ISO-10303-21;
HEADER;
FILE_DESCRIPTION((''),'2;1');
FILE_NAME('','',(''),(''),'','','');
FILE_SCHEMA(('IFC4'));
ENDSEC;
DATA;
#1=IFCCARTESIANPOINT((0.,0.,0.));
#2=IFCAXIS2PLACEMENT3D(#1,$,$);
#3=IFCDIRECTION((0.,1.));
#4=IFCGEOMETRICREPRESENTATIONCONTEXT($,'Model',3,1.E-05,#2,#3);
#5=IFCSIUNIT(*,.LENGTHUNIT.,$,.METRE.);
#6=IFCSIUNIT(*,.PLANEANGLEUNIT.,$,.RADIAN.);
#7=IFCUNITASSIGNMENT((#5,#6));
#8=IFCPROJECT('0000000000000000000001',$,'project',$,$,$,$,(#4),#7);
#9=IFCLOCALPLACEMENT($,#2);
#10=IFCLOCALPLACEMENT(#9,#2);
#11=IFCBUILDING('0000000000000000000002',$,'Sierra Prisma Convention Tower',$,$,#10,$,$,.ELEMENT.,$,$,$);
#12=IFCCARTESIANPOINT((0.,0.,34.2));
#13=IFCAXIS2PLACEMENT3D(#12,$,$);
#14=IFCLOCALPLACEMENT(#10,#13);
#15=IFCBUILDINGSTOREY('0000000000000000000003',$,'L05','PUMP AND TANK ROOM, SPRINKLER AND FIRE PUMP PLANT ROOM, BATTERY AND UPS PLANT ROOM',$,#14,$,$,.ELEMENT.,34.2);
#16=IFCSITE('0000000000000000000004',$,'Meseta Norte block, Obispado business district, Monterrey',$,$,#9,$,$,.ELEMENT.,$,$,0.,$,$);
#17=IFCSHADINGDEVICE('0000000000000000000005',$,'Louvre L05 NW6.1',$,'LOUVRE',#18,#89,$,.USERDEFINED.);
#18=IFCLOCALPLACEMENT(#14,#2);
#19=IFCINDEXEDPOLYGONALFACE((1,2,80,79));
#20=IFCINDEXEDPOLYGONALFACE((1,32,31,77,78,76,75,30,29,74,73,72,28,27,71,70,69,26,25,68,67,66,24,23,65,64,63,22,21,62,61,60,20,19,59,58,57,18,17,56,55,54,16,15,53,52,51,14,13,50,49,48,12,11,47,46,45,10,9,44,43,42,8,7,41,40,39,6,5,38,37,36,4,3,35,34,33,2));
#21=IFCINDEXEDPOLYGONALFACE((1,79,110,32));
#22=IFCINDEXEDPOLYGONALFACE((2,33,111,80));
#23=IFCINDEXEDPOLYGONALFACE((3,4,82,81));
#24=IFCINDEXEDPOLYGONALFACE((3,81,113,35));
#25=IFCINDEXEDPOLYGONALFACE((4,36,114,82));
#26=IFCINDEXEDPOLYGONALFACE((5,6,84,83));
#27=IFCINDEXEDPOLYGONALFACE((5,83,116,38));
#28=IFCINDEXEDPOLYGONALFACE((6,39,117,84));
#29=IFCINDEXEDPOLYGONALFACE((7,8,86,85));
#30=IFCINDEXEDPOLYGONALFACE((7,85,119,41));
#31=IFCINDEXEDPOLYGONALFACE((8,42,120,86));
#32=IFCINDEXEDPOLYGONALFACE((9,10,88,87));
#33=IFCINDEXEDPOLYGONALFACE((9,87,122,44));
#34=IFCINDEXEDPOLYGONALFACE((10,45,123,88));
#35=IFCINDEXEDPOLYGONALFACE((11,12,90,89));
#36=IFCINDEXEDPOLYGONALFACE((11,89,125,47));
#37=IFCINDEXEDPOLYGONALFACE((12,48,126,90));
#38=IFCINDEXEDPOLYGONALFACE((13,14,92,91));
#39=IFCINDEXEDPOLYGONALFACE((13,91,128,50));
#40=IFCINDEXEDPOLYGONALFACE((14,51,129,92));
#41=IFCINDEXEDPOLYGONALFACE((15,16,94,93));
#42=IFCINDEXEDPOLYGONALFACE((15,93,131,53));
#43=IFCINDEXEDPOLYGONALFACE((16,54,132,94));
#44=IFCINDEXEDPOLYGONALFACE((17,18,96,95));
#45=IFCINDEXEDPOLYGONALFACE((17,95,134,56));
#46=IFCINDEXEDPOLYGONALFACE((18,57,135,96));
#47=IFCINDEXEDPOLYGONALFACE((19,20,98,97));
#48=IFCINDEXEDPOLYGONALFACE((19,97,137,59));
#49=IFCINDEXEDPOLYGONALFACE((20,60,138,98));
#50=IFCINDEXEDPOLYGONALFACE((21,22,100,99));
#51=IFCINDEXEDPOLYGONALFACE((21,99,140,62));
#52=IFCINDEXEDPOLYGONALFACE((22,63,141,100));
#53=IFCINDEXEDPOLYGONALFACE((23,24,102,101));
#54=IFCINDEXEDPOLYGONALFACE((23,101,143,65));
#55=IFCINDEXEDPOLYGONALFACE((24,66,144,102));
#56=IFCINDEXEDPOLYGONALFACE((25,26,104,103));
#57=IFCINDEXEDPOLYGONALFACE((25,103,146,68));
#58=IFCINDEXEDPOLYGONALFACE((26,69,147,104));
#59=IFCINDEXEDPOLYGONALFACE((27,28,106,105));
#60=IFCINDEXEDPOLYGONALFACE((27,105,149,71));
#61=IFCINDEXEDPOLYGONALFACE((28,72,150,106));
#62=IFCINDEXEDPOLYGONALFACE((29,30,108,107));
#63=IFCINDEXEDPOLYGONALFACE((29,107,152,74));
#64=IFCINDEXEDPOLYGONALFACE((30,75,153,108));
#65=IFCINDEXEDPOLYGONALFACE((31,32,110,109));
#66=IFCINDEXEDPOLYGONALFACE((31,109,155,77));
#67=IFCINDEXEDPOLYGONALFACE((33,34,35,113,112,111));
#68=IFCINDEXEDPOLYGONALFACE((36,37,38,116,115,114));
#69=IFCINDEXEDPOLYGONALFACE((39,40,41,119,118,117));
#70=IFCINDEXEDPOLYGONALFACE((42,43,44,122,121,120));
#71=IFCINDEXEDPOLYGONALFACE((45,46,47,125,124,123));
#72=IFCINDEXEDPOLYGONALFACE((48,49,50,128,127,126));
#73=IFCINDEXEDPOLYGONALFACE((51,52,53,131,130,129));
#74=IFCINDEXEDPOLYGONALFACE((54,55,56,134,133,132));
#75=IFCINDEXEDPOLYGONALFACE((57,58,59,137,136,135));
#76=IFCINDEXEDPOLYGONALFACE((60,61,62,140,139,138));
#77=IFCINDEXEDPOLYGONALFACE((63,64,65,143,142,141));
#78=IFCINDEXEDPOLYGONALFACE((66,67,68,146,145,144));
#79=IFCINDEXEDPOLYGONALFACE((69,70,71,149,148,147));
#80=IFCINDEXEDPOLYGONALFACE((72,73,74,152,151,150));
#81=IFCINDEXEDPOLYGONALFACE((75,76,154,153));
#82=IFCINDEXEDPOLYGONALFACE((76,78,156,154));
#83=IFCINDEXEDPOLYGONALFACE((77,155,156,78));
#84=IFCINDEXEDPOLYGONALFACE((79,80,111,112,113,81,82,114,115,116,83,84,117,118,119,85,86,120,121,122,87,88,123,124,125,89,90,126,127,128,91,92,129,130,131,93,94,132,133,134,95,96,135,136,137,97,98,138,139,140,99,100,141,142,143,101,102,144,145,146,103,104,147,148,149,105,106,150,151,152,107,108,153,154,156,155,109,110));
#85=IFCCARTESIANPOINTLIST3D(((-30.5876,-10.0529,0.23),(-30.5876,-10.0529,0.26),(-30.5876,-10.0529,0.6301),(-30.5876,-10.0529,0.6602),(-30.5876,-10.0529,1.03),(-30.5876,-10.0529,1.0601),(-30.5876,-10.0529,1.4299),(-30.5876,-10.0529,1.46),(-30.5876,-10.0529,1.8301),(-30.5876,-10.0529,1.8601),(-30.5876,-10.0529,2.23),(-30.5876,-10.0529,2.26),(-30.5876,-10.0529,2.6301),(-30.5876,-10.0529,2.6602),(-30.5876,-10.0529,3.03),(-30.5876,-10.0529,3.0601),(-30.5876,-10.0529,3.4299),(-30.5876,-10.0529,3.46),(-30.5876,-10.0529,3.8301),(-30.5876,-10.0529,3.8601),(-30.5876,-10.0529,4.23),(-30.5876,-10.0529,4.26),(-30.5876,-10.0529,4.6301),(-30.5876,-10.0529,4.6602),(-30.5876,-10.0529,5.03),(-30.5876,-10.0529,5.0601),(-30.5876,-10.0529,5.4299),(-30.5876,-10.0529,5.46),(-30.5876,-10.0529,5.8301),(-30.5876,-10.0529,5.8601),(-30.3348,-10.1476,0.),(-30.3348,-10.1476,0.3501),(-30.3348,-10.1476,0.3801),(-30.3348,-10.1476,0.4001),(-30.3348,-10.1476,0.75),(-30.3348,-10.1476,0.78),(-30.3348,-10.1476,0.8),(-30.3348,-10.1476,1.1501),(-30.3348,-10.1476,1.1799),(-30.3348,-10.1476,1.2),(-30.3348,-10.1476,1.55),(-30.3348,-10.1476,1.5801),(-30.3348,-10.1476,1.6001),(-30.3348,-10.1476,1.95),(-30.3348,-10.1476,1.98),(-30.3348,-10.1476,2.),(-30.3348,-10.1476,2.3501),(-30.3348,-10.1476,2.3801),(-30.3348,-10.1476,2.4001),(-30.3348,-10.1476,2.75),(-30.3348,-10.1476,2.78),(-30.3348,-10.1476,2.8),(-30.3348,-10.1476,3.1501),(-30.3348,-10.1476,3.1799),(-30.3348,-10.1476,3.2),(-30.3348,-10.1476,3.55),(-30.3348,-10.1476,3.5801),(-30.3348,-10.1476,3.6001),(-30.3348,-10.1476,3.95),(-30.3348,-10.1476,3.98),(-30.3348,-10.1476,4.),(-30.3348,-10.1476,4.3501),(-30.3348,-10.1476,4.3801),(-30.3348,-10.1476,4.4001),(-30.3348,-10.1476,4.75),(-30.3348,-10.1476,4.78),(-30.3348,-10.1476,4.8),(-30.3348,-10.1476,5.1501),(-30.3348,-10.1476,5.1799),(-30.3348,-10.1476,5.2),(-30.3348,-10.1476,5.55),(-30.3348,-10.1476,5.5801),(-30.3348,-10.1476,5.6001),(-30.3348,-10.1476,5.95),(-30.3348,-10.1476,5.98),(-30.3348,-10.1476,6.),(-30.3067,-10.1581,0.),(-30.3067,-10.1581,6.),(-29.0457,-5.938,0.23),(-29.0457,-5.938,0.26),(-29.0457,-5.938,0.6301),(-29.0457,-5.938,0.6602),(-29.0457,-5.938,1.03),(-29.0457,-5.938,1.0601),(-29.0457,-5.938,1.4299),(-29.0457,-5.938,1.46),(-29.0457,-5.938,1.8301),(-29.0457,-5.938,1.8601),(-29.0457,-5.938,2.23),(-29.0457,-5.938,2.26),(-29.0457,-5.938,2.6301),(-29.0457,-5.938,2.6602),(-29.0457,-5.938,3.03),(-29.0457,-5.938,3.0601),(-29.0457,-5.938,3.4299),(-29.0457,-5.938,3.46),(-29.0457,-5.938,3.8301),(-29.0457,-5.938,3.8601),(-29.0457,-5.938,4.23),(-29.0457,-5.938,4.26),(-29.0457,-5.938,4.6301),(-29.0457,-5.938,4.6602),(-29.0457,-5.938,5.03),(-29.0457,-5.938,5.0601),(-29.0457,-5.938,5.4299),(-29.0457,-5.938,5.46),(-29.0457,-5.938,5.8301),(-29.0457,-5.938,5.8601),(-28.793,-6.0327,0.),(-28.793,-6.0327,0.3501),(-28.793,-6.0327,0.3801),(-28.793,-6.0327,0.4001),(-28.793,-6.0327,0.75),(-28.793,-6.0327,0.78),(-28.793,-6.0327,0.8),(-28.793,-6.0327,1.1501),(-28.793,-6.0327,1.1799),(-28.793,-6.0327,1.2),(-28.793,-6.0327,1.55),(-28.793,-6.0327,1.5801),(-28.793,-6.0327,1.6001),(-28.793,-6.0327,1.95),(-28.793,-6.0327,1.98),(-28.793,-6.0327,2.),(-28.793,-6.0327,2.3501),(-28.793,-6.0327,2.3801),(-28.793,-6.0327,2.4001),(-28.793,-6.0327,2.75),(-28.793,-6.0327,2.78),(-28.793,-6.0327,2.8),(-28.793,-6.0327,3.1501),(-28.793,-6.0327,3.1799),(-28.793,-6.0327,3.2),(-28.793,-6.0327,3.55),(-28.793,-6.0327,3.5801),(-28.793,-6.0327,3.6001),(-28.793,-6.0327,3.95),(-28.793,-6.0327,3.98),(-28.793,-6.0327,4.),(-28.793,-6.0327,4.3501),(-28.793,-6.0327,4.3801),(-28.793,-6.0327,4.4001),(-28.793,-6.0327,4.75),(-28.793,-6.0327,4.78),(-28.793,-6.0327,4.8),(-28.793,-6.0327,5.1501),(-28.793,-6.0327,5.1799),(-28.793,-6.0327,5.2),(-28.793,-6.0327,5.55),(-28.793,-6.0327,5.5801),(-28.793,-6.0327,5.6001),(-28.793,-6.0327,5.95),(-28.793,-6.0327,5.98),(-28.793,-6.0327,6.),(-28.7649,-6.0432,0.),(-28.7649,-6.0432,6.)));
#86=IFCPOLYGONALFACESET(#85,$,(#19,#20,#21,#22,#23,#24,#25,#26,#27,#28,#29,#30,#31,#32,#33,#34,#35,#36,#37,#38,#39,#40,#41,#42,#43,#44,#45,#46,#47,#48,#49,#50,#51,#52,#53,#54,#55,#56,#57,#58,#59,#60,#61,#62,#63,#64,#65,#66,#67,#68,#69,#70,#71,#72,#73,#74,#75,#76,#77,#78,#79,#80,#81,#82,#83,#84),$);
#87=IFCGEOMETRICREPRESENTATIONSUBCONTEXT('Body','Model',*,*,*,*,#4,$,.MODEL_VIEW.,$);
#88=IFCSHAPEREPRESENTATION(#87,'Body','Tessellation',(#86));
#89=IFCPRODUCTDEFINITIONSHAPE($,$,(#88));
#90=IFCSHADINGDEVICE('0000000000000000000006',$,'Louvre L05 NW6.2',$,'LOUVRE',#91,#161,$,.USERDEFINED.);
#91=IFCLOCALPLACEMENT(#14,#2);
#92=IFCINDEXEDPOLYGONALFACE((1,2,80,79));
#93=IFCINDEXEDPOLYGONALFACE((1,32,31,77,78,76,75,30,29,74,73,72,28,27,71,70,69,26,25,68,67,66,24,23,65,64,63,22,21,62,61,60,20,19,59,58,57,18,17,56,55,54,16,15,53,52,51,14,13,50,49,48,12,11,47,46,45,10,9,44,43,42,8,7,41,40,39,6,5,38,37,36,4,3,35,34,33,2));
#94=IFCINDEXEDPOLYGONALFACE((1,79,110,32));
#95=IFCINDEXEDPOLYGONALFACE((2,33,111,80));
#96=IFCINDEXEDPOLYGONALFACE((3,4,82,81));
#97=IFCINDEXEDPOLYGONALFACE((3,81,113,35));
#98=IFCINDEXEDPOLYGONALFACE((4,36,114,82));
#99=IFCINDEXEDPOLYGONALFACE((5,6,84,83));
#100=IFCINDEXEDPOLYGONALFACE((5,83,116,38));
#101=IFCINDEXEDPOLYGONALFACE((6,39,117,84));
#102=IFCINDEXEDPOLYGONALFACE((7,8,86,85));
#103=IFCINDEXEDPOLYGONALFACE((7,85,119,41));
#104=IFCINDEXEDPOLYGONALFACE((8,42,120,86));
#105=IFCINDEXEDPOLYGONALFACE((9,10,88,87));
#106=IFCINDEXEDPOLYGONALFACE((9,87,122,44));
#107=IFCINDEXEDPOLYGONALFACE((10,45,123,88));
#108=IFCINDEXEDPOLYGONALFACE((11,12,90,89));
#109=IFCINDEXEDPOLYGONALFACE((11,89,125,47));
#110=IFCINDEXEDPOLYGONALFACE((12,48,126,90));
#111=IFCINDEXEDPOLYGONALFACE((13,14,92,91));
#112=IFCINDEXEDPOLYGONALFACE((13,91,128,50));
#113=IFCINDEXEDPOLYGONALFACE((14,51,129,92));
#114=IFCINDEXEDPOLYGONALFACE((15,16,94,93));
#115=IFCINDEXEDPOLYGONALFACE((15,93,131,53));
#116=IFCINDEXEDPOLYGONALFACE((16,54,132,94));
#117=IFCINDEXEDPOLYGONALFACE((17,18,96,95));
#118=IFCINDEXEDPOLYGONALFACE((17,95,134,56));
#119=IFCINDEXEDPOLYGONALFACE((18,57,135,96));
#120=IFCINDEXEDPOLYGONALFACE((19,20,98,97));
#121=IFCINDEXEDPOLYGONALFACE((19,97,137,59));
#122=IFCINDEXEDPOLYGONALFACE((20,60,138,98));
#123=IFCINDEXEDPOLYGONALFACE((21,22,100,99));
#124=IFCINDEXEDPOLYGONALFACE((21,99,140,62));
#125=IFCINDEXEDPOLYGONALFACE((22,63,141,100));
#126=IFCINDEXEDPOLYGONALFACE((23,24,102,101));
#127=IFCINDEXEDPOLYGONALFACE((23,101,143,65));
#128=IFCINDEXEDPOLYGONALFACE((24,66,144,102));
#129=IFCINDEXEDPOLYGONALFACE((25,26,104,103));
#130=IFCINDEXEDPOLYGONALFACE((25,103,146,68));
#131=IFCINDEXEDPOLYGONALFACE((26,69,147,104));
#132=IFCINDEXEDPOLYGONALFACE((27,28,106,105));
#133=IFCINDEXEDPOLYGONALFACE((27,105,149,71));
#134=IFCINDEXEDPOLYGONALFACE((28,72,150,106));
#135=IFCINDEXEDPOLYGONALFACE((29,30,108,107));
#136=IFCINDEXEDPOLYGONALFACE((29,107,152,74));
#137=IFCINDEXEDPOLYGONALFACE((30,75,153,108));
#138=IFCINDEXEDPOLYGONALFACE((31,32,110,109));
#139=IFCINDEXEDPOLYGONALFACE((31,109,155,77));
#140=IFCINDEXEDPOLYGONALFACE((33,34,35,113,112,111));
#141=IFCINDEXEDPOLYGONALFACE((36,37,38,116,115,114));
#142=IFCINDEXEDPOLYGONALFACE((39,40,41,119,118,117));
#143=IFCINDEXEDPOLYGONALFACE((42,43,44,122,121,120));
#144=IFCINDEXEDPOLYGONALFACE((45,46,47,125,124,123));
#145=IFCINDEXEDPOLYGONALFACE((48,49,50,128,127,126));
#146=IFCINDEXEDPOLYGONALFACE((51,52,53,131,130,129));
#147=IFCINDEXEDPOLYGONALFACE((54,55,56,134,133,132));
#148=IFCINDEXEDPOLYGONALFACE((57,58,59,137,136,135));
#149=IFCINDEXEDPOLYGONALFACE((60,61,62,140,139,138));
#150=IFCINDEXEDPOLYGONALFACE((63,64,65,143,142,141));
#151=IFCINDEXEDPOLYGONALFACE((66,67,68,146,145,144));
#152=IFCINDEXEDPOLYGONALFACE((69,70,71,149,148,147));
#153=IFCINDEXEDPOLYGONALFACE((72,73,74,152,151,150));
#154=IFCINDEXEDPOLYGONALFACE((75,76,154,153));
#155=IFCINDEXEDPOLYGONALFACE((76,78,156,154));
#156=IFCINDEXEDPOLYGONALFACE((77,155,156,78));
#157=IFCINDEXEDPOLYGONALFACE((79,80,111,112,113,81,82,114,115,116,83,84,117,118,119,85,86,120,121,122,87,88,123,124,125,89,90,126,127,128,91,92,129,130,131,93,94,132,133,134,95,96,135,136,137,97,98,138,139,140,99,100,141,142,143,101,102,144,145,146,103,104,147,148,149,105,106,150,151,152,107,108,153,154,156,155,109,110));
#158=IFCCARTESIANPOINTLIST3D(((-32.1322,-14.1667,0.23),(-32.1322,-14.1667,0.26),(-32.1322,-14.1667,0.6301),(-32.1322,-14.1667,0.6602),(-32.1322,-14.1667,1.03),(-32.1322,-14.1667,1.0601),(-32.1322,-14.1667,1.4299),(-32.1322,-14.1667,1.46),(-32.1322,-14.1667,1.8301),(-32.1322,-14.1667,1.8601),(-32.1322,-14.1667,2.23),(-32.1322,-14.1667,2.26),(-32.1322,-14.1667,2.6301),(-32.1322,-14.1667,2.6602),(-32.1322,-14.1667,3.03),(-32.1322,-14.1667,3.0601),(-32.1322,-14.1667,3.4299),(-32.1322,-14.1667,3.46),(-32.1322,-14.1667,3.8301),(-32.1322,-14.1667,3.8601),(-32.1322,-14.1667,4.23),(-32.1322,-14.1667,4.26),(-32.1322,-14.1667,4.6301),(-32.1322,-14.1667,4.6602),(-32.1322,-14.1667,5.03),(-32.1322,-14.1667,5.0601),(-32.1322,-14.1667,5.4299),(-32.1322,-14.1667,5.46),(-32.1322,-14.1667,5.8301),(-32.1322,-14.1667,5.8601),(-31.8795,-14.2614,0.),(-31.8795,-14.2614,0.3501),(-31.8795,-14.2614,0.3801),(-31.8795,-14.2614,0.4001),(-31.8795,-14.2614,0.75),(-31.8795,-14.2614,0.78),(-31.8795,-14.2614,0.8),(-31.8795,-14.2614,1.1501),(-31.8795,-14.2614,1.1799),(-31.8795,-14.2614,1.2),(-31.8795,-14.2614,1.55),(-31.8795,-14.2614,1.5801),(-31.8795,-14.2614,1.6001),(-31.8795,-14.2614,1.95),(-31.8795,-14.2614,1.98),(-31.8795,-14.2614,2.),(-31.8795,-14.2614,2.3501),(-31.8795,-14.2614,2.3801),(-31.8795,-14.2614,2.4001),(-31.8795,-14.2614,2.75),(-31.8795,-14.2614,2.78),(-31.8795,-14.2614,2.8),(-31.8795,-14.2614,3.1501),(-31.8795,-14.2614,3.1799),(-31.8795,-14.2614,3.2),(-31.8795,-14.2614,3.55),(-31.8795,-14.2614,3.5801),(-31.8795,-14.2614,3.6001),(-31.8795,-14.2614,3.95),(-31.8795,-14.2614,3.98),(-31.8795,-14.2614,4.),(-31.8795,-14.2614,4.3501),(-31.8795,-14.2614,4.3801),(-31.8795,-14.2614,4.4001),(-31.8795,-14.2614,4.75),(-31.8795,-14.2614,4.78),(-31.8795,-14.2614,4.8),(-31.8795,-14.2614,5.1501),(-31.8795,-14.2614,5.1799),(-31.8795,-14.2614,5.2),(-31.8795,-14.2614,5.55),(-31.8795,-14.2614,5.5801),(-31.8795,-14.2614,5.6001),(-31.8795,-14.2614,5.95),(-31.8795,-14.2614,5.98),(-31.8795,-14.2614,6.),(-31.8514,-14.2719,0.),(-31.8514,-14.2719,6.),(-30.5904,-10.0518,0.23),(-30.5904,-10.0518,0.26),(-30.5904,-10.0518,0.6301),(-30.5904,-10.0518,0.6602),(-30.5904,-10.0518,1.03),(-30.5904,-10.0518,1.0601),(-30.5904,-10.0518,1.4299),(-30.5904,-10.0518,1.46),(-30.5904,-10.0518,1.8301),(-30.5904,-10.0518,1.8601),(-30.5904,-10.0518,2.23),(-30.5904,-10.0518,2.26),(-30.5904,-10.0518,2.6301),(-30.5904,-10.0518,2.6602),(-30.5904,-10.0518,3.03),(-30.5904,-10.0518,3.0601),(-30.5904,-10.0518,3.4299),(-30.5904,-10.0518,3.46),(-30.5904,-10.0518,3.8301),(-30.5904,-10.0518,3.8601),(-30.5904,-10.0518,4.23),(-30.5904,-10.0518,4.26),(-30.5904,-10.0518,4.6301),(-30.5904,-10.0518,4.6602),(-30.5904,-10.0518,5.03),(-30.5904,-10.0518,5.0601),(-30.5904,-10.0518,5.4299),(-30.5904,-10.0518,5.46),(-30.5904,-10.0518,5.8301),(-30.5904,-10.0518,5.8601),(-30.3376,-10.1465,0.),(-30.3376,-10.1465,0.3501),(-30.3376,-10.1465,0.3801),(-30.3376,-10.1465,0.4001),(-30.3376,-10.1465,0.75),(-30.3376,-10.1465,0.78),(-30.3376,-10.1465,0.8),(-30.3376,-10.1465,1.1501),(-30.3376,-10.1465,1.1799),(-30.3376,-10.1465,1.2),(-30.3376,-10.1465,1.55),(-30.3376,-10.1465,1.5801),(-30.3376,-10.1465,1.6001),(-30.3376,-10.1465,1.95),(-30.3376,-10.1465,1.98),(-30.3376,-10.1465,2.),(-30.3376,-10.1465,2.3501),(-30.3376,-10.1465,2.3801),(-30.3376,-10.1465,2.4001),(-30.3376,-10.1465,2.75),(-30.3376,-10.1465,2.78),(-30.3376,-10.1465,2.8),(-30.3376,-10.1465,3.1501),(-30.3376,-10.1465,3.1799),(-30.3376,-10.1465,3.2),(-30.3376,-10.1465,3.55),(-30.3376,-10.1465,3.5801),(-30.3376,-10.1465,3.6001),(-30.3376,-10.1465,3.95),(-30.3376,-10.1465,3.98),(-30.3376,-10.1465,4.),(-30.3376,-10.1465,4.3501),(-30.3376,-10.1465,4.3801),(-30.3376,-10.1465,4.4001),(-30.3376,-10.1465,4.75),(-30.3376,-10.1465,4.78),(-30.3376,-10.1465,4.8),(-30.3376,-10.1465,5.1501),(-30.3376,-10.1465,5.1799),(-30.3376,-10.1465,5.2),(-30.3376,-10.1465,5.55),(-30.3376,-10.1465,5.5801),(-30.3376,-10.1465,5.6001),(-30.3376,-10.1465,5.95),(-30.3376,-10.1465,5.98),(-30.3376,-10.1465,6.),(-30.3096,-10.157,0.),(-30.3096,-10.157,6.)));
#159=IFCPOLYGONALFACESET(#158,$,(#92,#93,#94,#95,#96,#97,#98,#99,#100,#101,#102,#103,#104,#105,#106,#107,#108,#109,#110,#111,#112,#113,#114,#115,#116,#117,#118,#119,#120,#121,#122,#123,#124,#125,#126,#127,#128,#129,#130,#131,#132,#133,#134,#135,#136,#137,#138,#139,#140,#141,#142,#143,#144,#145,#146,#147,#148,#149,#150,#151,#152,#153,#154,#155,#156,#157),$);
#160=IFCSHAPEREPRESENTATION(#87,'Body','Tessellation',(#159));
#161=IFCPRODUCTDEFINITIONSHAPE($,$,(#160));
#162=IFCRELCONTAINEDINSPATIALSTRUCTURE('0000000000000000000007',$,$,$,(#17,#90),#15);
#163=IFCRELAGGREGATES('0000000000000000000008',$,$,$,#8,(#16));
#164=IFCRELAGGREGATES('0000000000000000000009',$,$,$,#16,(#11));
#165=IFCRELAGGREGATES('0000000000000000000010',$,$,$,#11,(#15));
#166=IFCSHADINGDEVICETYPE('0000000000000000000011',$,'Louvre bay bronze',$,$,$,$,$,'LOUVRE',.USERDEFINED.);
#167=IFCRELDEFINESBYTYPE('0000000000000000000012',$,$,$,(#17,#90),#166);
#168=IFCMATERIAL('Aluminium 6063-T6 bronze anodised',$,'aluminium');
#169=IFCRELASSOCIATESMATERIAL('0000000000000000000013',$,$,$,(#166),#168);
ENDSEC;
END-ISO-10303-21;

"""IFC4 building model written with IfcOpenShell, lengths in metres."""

from ifc_helpers import new_model, si_unit, direction, frame, origin, place, context, subcontext, project, spatial, polyline, outline, extrude, material, type_object, element, save


model = new_model("IFC4")

# Units and contexts
model_context = context("Model", 3, precision=1e-05, world=origin(), true_north=direction((0.0, 1.0)))
body_context = subcontext(model_context, "Body", "Model", "MODEL_VIEW")
ifc_project = project(units=[si_unit("LENGTHUNIT", "METRE"), si_unit("PLANEANGLEUNIT", "RADIAN")], contexts=[model_context])

# Site, building, storey
site_placement = place(None, origin())
site = spatial("IfcSite", under=ifc_project, at=site_placement, Name="Meseta Norte block, Obispado business district, Monterrey", CompositionType="ELEMENT", RefElevation=0.0)
building_placement = place(site_placement, origin())
building = spatial("IfcBuilding", under=site, at=building_placement, Name="Sierra Prisma Convention Tower", CompositionType="ELEMENT")
storey_placement = place(building_placement, frame((0.0, 0.0, 34.2)))
storey = spatial("IfcBuildingStorey", under=building, at=storey_placement, Name="L05", Description="PUMP AND TANK ROOM, SPRINKLER AND FIRE PUMP PLANT ROOM, BATTERY AND UPS PLANT ROOM", CompositionType="ELEMENT", Elevation=34.2)

# Shading devices
ifc_material_1 = material(Name="Aluminium 6063-T6 bronze anodised", Category="aluminium")
shading_device_type = type_object("IfcShadingDeviceType", Name="Louvre bay bronze", ElementType="LOUVRE", PredefinedType="USERDEFINED", material=ifc_material_1)
shading_device_1_placement = place(storey_placement, frame((-28.7649, -6.0432, 0.0), z_axis=(0.35087, 0.936424, 0.0), x_axis=(0.0, 0.0, 1.0)))
element("IfcShadingDevice", 1, at=shading_device_1_placement, inside=storey, type_object=shading_device_type, Name="Louvre L05 NW6.1", ObjectType="LOUVRE", PredefinedType="USERDEFINED", context=body_context, shape_type="SweptSolid", body=[
    extrude(outline(polyline([(0.0, 0.0), (6.0, 0.0), (6.0, -0.03), (5.98, -0.03), (5.8601, -0.2999), (5.8301, -0.2999), (5.95, -0.03), (5.6001, -0.03), (5.5801, -0.03), (5.46, -0.2999), (5.4299, -0.2999), (5.55, -0.03), (5.2, -0.03), (5.1799, -0.03), (5.0601, -0.2999), (5.03, -0.2999), (5.1501, -0.03), (4.8, -0.03), (4.78, -0.03), (4.6602, -0.2999), (4.6301, -0.2999), (4.75, -0.03), (4.4001, -0.03), (4.3801, -0.03), (4.26, -0.2999), (4.23, -0.2999), (4.3501, -0.03), (4.0, -0.03), (3.98, -0.03), (3.8601, -0.2999), (3.8301, -0.2999), (3.95, -0.03), (3.6001, -0.03), (3.5801, -0.03), (3.46, -0.2999), (3.4299, -0.2999), (3.55, -0.03), (3.2, -0.03), (3.1799, -0.03), (3.0601, -0.2999), (3.03, -0.2999), (3.1501, -0.03), (2.8, -0.03), (2.78, -0.03), (2.6602, -0.2999), (2.6301, -0.2999), (2.75, -0.03), (2.4001, -0.03), (2.3801, -0.03), (2.26, -0.2999), (2.23, -0.2999), (2.3501, -0.03), (2.0, -0.03), (1.98, -0.03), (1.8601, -0.2999), (1.8301, -0.2999), (1.95, -0.03), (1.6001, -0.03), (1.5801, -0.03), (1.46, -0.2999), (1.4299, -0.2999), (1.55, -0.03), (1.2, -0.03), (1.1799, -0.03), (1.0601, -0.2999), (1.03, -0.2999), (1.1501, -0.03), (0.8, -0.03), (0.78, -0.03), (0.6602, -0.2999), (0.6301, -0.2999), (0.75, -0.03), (0.4001, -0.03), (0.3801, -0.03), (0.26, -0.2999), (0.23, -0.2999), (0.3501, -0.03), (0.0, -0.03), (0.0, 0.0)])), origin(), (0.0, 0.0, -1.0), 4.3943),
])
shading_device_2_placement = place(storey_placement, frame((-30.3096, -10.157, 0.0), z_axis=(0.35087, 0.936424, 0.0), x_axis=(0.0, 0.0, 1.0)))
element("IfcShadingDevice", 2, at=shading_device_2_placement, inside=storey, type_object=shading_device_type, Name="Louvre L05 NW6.2", ObjectType="LOUVRE", PredefinedType="USERDEFINED", context=body_context, shape_type="SweptSolid", body=[
    extrude(outline(polyline([(0.0, 0.0), (6.0, 0.0), (6.0, -0.03), (5.98, -0.03), (5.8601, -0.2999), (5.8301, -0.2999), (5.95, -0.03), (5.6001, -0.03), (5.5801, -0.03), (5.46, -0.2999), (5.4299, -0.2999), (5.55, -0.03), (5.2, -0.03), (5.1799, -0.03), (5.0601, -0.2999), (5.03, -0.2999), (5.1501, -0.03), (4.8, -0.03), (4.78, -0.03), (4.6602, -0.2999), (4.6301, -0.2999), (4.75, -0.03), (4.4001, -0.03), (4.3801, -0.03), (4.26, -0.2999), (4.23, -0.2999), (4.3501, -0.03), (4.0, -0.03), (3.98, -0.03), (3.8601, -0.2999), (3.8301, -0.2999), (3.95, -0.03), (3.6001, -0.03), (3.5801, -0.03), (3.46, -0.2999), (3.4299, -0.2999), (3.55, -0.03), (3.2, -0.03), (3.1799, -0.03), (3.0601, -0.2999), (3.03, -0.2999), (3.1501, -0.03), (2.8, -0.03), (2.78, -0.03), (2.6602, -0.2999), (2.6301, -0.2999), (2.75, -0.03), (2.4001, -0.03), (2.3801, -0.03), (2.26, -0.2999), (2.23, -0.2999), (2.3501, -0.03), (2.0, -0.03), (1.98, -0.03), (1.8601, -0.2999), (1.8301, -0.2999), (1.95, -0.03), (1.6001, -0.03), (1.5801, -0.03), (1.46, -0.2999), (1.4299, -0.2999), (1.55, -0.03), (1.2, -0.03), (1.1799, -0.03), (1.0601, -0.2999), (1.03, -0.2999), (1.1501, -0.03), (0.8, -0.03), (0.78, -0.03), (0.6602, -0.2999), (0.6301, -0.2999), (0.75, -0.03), (0.4001, -0.03), (0.3801, -0.03), (0.26, -0.2999), (0.23, -0.2999), (0.3501, -0.03), (0.0, -0.03), (0.0, 0.0)])), origin(), (0.0, 0.0, -1.0), 4.3943),
])

save(model, "model.ifc")
